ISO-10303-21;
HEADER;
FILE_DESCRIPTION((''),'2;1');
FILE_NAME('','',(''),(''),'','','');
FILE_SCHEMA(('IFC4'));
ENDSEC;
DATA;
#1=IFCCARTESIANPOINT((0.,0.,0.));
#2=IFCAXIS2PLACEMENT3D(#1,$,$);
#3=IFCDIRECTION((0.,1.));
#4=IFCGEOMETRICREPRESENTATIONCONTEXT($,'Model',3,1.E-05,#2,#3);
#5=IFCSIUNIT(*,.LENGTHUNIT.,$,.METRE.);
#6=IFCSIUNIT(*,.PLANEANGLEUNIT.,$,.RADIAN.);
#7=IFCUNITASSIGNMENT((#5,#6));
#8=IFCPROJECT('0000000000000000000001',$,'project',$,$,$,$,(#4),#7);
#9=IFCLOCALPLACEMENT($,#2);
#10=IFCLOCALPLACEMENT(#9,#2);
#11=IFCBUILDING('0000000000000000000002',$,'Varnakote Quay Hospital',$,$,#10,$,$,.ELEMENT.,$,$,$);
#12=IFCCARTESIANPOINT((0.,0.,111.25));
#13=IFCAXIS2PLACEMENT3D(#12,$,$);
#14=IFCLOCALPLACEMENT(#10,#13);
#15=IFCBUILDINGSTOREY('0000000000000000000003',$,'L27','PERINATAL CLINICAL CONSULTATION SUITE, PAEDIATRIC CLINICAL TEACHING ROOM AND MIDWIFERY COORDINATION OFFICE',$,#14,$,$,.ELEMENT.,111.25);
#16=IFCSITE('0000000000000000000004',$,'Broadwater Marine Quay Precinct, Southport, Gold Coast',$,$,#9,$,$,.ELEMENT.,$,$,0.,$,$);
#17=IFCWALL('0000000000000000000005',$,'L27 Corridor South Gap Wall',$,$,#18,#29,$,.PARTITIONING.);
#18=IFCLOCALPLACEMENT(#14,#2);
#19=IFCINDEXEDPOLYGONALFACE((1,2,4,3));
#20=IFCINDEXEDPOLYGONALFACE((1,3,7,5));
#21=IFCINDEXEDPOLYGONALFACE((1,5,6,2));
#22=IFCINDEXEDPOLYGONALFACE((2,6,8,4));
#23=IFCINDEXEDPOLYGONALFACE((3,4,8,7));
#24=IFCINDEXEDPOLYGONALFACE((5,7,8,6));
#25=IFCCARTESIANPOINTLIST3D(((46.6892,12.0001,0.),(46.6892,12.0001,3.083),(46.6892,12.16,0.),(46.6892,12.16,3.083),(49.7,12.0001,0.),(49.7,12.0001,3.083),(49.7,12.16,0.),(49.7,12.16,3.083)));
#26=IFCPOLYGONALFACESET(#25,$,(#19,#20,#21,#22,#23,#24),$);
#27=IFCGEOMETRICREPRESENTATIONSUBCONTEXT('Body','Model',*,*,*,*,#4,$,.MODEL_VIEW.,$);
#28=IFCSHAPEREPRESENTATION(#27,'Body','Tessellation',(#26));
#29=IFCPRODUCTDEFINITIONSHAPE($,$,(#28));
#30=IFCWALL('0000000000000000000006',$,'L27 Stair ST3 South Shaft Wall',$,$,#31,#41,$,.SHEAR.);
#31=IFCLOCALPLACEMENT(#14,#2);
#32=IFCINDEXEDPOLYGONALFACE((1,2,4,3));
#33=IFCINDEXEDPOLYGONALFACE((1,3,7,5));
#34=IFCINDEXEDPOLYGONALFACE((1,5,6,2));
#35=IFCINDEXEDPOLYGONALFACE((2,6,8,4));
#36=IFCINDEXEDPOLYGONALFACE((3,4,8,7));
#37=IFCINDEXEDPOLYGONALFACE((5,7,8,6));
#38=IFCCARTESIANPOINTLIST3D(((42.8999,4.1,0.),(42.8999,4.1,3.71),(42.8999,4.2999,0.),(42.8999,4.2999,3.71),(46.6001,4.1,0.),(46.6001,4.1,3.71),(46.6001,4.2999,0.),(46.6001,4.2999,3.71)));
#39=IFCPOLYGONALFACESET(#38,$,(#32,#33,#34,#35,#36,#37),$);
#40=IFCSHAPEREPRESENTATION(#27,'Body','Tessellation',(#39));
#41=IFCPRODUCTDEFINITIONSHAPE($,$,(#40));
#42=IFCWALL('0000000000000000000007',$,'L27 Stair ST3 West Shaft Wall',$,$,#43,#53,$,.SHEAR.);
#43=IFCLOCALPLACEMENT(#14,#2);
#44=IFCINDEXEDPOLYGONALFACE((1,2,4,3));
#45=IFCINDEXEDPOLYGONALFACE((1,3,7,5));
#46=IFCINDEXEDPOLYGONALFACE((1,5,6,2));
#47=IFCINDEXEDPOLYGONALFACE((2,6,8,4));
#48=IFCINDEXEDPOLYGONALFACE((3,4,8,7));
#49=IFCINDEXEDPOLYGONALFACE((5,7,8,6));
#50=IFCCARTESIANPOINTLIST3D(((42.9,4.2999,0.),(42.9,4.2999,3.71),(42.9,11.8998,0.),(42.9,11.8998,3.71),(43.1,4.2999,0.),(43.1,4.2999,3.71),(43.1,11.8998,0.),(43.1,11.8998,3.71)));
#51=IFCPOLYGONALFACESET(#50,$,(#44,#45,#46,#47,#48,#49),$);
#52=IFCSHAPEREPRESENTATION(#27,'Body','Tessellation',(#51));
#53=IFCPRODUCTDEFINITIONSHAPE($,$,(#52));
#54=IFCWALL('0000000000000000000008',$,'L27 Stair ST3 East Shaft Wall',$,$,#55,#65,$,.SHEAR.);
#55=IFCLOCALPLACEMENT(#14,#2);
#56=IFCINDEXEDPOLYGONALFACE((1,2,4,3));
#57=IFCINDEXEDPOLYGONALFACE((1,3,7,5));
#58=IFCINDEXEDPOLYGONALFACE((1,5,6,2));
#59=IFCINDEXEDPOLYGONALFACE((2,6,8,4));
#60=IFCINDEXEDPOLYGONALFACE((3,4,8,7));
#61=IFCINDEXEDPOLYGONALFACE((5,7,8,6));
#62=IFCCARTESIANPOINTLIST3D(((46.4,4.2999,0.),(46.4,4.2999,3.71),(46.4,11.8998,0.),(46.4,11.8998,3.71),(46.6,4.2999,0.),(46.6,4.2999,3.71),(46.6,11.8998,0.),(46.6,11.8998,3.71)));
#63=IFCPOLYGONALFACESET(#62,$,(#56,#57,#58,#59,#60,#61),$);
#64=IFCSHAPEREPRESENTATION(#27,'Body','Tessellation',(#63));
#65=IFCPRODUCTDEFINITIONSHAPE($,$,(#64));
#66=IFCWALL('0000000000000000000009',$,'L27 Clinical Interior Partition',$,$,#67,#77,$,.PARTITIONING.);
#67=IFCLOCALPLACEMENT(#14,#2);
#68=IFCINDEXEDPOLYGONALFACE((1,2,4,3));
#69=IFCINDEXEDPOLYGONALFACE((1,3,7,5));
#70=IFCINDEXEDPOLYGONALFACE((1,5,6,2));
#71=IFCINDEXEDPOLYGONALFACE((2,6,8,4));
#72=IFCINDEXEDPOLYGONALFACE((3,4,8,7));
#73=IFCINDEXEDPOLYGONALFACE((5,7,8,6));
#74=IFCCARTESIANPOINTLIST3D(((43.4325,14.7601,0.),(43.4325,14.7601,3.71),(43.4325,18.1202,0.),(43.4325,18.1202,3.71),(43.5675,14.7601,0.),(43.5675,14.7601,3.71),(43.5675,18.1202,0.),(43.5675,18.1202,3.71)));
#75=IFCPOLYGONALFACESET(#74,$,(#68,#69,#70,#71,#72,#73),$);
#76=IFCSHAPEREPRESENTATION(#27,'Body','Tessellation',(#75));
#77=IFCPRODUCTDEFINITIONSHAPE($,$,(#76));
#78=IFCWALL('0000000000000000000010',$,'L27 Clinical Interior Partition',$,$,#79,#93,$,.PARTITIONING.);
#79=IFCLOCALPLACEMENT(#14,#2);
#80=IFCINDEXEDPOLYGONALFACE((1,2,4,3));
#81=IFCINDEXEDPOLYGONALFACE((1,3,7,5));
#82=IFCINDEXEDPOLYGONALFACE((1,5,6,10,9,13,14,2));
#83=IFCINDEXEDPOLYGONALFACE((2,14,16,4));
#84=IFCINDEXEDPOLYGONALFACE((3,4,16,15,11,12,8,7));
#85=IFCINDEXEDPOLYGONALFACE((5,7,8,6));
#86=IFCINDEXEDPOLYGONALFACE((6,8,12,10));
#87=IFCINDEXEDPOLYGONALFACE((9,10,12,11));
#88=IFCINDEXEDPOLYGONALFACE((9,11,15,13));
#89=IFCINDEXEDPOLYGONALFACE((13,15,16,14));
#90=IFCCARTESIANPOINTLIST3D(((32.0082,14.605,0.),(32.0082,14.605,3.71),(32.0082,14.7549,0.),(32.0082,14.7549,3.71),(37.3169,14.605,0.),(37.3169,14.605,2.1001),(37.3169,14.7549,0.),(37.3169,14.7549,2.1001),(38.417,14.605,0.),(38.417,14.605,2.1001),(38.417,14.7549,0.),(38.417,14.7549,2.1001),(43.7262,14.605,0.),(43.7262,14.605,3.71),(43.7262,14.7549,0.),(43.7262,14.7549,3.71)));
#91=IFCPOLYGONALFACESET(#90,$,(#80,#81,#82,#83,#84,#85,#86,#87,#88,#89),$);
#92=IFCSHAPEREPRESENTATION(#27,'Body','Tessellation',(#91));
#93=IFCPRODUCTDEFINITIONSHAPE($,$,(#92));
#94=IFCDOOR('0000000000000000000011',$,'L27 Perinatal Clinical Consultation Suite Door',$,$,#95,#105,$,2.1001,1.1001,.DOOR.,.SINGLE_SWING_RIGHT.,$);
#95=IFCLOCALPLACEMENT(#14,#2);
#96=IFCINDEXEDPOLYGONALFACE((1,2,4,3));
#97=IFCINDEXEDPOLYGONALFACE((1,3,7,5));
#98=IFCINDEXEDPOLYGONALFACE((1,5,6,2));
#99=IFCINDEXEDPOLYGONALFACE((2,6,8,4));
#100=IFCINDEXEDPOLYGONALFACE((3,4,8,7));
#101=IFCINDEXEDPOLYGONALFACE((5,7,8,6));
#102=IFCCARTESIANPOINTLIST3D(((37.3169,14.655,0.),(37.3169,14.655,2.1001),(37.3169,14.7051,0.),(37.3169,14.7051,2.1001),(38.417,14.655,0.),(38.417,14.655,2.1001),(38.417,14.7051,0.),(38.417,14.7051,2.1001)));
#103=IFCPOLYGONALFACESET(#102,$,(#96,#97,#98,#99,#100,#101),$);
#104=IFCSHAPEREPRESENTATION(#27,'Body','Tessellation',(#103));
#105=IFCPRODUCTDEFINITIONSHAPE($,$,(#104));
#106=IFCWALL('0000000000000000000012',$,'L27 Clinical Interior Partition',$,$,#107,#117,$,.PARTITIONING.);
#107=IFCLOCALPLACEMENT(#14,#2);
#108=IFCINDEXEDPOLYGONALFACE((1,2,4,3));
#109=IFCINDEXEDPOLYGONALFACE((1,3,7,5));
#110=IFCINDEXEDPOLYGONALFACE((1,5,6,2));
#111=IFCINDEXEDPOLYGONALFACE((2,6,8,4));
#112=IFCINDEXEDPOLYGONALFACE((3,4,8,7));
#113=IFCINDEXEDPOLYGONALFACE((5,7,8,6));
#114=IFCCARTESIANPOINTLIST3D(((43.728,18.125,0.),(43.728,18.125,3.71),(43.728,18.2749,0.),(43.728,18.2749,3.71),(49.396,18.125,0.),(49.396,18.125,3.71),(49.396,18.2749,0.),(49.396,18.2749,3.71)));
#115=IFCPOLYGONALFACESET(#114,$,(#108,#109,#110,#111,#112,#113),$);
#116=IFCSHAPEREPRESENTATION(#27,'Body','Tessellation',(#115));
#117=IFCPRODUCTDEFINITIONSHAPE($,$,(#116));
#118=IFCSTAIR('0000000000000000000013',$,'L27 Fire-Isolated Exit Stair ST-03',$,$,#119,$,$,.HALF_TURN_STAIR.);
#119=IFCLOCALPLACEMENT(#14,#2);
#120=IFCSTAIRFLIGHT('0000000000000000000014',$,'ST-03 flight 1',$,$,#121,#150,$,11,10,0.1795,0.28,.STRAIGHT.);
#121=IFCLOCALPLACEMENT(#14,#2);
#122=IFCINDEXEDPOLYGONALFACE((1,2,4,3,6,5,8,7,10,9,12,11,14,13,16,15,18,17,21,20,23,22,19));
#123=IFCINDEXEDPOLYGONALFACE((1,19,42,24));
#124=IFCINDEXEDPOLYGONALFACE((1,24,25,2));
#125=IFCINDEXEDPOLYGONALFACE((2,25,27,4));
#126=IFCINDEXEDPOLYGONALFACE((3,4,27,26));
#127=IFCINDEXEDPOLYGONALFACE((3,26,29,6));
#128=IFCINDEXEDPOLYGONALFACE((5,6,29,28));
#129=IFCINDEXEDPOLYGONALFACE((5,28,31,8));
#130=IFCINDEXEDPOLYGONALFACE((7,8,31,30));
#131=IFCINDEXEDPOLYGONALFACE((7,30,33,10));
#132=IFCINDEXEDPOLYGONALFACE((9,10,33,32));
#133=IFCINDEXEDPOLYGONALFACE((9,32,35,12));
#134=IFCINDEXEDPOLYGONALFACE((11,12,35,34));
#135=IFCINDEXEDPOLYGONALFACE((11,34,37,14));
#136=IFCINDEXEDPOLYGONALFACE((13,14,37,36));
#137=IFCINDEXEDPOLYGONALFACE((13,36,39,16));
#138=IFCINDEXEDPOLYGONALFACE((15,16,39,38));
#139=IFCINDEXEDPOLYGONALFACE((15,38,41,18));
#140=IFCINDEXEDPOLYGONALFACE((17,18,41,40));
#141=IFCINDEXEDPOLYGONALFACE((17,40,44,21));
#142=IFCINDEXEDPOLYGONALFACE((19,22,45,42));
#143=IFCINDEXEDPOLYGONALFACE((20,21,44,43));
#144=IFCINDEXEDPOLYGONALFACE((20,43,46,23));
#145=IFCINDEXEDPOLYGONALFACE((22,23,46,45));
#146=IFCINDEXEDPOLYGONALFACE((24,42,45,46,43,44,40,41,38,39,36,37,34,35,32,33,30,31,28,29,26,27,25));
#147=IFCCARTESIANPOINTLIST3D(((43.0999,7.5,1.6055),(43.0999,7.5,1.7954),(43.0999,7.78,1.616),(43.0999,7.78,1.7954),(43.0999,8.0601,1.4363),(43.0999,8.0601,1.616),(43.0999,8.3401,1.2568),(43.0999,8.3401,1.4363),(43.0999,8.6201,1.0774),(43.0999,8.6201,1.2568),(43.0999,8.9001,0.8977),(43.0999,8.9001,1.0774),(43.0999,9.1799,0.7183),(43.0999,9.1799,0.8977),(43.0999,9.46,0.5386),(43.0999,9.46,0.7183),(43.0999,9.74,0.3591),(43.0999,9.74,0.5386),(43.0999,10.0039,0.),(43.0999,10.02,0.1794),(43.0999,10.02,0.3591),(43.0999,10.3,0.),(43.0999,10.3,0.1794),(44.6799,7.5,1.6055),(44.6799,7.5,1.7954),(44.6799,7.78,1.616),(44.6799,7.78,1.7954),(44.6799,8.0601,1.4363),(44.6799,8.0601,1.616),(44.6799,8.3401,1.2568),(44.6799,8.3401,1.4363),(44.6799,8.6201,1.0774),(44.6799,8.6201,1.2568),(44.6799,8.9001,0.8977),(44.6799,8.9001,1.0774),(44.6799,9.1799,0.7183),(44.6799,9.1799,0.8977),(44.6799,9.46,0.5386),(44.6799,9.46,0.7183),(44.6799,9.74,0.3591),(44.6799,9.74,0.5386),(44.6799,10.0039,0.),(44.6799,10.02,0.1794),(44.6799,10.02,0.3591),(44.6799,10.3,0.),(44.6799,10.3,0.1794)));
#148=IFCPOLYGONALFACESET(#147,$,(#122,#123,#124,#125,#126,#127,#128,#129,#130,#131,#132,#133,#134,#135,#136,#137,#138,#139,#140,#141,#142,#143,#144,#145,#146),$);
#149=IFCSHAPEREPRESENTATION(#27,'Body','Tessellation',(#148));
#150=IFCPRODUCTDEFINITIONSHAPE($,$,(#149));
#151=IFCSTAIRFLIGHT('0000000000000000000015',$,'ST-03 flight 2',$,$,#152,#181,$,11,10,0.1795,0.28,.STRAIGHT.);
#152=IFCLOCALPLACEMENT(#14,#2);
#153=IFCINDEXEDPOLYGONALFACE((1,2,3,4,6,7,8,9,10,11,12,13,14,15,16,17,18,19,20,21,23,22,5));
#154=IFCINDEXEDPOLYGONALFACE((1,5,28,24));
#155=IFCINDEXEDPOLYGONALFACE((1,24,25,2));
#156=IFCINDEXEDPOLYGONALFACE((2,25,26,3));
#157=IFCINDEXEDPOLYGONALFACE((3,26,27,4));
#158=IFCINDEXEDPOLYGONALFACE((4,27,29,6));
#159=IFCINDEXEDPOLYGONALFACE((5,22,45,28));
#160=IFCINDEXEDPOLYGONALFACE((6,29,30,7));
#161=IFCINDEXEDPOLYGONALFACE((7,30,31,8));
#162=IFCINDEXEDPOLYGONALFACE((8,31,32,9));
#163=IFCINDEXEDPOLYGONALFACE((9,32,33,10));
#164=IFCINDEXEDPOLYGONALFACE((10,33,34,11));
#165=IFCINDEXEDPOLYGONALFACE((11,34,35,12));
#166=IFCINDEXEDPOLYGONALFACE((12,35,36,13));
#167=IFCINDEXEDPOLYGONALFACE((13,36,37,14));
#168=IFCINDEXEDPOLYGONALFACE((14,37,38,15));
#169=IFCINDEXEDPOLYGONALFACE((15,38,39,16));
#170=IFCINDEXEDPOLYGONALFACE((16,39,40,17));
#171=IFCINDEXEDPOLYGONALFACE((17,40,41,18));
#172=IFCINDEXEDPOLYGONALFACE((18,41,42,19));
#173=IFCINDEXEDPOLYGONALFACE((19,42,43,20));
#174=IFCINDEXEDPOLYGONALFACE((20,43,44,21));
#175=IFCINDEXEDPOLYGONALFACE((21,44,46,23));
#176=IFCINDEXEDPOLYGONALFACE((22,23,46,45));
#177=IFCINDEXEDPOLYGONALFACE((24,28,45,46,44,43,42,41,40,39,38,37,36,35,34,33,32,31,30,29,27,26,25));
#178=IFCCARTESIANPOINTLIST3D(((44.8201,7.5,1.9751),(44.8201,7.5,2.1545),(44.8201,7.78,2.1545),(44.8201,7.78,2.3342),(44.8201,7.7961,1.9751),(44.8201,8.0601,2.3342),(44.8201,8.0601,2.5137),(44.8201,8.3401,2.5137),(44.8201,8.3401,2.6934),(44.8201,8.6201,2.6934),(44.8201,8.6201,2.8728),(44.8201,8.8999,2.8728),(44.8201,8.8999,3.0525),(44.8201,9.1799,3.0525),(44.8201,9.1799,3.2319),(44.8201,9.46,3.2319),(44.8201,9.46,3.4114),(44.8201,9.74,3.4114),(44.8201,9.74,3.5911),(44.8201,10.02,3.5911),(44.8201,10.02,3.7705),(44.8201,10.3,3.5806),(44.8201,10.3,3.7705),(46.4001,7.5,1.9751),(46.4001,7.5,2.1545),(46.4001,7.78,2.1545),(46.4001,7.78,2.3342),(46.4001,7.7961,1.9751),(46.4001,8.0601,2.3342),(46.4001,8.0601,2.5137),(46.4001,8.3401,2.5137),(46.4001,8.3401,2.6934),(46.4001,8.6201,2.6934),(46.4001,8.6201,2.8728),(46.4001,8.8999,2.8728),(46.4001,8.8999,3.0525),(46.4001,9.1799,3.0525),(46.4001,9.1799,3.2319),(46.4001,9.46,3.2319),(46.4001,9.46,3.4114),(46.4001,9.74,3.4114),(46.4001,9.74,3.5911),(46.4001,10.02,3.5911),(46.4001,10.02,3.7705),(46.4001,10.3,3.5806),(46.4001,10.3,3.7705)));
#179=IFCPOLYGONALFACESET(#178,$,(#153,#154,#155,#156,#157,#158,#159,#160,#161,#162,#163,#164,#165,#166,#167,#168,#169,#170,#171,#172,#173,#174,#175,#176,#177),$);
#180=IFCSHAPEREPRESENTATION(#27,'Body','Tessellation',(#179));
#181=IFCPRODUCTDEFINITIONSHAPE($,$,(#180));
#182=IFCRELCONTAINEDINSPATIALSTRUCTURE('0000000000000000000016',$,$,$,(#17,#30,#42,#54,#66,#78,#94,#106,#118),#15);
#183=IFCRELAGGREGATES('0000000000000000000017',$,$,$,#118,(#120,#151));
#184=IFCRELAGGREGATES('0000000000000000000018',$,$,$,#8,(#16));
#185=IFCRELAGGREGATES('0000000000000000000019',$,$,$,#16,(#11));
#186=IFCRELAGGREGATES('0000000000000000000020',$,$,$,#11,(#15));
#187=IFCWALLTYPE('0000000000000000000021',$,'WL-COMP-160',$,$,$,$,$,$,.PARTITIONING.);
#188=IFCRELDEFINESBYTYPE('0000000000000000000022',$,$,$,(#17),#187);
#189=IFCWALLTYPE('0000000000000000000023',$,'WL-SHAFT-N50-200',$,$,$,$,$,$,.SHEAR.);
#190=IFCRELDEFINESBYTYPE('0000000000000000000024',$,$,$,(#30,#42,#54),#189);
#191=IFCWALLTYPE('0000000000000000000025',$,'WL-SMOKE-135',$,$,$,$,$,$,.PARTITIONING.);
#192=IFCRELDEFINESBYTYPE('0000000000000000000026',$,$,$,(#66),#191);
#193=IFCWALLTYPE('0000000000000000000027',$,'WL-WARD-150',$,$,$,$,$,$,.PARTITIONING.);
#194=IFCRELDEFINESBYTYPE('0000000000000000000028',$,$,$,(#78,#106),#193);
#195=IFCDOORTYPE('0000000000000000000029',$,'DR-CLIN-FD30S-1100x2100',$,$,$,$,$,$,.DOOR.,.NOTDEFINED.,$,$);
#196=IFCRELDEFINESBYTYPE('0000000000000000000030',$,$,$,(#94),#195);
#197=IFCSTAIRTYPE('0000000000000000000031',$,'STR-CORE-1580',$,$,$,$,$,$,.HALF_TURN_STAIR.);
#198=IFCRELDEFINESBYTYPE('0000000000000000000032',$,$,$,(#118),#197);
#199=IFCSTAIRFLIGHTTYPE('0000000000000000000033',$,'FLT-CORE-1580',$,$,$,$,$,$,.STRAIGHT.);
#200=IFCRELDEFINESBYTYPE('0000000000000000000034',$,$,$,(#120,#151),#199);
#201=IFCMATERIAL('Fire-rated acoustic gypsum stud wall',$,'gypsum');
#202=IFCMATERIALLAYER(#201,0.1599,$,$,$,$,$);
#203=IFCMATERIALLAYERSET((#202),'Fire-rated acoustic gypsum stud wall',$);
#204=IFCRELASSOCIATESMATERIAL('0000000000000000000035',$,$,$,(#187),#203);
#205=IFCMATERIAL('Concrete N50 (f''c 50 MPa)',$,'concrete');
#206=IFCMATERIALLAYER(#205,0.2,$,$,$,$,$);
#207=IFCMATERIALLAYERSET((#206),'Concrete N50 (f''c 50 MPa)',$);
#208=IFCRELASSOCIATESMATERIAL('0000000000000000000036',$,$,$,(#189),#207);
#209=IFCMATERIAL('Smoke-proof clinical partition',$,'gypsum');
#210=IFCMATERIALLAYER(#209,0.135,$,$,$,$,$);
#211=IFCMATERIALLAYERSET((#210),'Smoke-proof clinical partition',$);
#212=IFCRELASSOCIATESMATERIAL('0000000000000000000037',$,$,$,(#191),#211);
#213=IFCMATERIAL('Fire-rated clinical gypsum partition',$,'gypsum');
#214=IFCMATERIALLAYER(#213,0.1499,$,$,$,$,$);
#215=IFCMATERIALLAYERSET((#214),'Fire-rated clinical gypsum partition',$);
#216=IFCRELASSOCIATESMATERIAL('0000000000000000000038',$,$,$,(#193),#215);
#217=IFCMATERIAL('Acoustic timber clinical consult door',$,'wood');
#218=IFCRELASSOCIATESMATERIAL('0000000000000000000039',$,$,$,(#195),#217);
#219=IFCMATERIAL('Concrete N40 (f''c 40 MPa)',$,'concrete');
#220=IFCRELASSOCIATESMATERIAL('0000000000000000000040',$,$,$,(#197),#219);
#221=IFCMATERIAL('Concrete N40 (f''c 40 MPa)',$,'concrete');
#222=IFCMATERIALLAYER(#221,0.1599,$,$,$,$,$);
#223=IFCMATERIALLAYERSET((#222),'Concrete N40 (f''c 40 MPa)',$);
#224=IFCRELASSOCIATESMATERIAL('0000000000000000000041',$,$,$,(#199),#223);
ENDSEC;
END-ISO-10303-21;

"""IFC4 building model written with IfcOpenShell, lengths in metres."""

from ifc_helpers import new_model, si_unit, direction, frame, frame_2d, origin, place, context, subcontext, project, spatial, polyline, rectangle, outline, extrude, material, layer, layer_set, type_object, element, fill, aggregate, save


model = new_model("IFC4")

# Units and contexts
model_context = context("Model", 3, precision=1e-05, world=origin(), true_north=direction((0.0, 1.0)))
body_context = subcontext(model_context, "Body", "Model", "MODEL_VIEW")
ifc_project = project(units=[si_unit("LENGTHUNIT", "METRE"), si_unit("PLANEANGLEUNIT", "RADIAN")], contexts=[model_context])

# Site, building, storey
site_placement = place(None, origin())
site = spatial("IfcSite", under=ifc_project, at=site_placement, Name="Broadwater Marine Quay Precinct, Southport, Gold Coast", CompositionType="ELEMENT", RefElevation=0.0)
building_placement = place(site_placement, origin())
building = spatial("IfcBuilding", under=site, at=building_placement, Name="Varnakote Quay Hospital", CompositionType="ELEMENT")
storey_placement = place(building_placement, frame((0.0, 0.0, 111.25)))
storey = spatial("IfcBuildingStorey", under=building, at=storey_placement, Name="L27", Description="PERINATAL CLINICAL CONSULTATION SUITE, PAEDIATRIC CLINICAL TEACHING ROOM AND MIDWIFERY COORDINATION OFFICE", CompositionType="ELEMENT", Elevation=111.25)

# Walls
ifc_material_1 = material(Name="Fire-rated acoustic gypsum stud wall", Category="gypsum")
ifc_layer_1 = layer(ifc_material_1, 0.1599)
ifc_layer_set_1 = layer_set([ifc_layer_1], Name="Fire-rated acoustic gypsum stud wall")
wall_type_1 = type_object("IfcWallType", Name="WL-COMP-160", PredefinedType="PARTITIONING", material=ifc_layer_set_1)
wall_1_placement = place(storey_placement, frame((46.6892, 12.0801, 0.0), z_axis=(0.0, 0.0, 1.0), x_axis=(1.0, 0.0, 0.0)))
element("IfcWall", 1, at=wall_1_placement, inside=storey, type_object=wall_type_1, Name="L27 Corridor South Gap Wall", PredefinedType="PARTITIONING", context=body_context, shape_type="SweptSolid", body=[
    extrude(rectangle(XDim=3.0107, YDim=0.1599, at=frame_2d((1.5054, 0.0))), origin(), (0.0, 0.0, 1.0), 3.083),
])
ifc_material_2 = material(Name="Concrete N50 (f'c 50 MPa)", Category="concrete")
ifc_layer_2 = layer(ifc_material_2, 0.2)
ifc_layer_set_2 = layer_set([ifc_layer_2], Name="Concrete N50 (f'c 50 MPa)")
wall_type_2 = type_object("IfcWallType", Name="WL-SHAFT-N50-200", PredefinedType="SHEAR", material=ifc_layer_set_2)
wall_2_placement = place(storey_placement, frame((42.8999, 4.2, 0.0), z_axis=(0.0, 0.0, 1.0), x_axis=(1.0, 0.0, 0.0)))
element("IfcWall", 2, at=wall_2_placement, inside=storey, type_object=wall_type_2, Name="L27 Stair ST3 South Shaft Wall", PredefinedType="SHEAR", context=body_context, shape_type="SweptSolid", body=[
    extrude(rectangle(XDim=3.7002, YDim=0.2, at=frame_2d((1.8501, 0.0))), origin(), (0.0, 0.0, 1.0), 3.71),
])
for number, where, z_axis, x_axis, name in (
    (3, (43.0, 4.3, 0.0), (0.0, 0.0, 1.0), (0.0, 1.0, 0.0), "L27 Stair ST3 West Shaft Wall"),
    (4, (46.5, 4.3, 0.0), (0.0, 0.0, 1.0), (0.0, 1.0, 0.0), "L27 Stair ST3 East Shaft Wall"),
):
    element("IfcWall", number, at=place(storey_placement, frame(where, z_axis=z_axis, x_axis=x_axis)), inside=storey, type_object=wall_type_2, Name=name, PredefinedType="SHEAR", context=body_context, shape_type="SweptSolid", body=[
        extrude(rectangle(XDim=7.5999, YDim=0.2, at=frame_2d((3.7998, 0.0))), origin(), (0.0, 0.0, 1.0), 3.71),
    ])

# Wall
ifc_material_3 = material(Name="Smoke-proof clinical partition", Category="gypsum")
ifc_layer_3 = layer(ifc_material_3, 0.135)
ifc_layer_set_3 = layer_set([ifc_layer_3], Name="Smoke-proof clinical partition")
wall_type_3 = type_object("IfcWallType", Name="WL-SMOKE-135", PredefinedType="PARTITIONING", material=ifc_layer_set_3)
wall_3_placement = place(storey_placement, frame((43.5, 14.76, 0.0), z_axis=(0.0, 0.0, 1.0), x_axis=(0.0, 1.0, 0.0)))
element("IfcWall", 5, at=wall_3_placement, inside=storey, type_object=wall_type_3, Name="L27 Clinical Interior Partition", PredefinedType="PARTITIONING", context=body_context, shape_type="SweptSolid", body=[
    extrude(rectangle(XDim=3.3601, YDim=0.135, at=frame_2d((1.6802, 0.0))), origin(), (0.0, 0.0, 1.0), 3.71),
])

# Wall, opening, door
ifc_material_4 = material(Name="Fire-rated clinical gypsum partition", Category="gypsum")
ifc_layer_4 = layer(ifc_material_4, 0.1499)
ifc_layer_set_4 = layer_set([ifc_layer_4], Name="Fire-rated clinical gypsum partition")
wall_type_4 = type_object("IfcWallType", Name="WL-WARD-150", PredefinedType="PARTITIONING", material=ifc_layer_set_4)
wall_4_placement = place(storey_placement, frame((43.7261, 14.6799, 0.0), z_axis=(0.0, 0.0, 1.0), x_axis=(-1.0, 0.0, 0.0)))
wall_4 = element("IfcWall", 6, at=wall_4_placement, inside=storey, type_object=wall_type_4, Name="L27 Clinical Interior Partition", PredefinedType="PARTITIONING", context=body_context, shape_type="SweptSolid", body=[
    extrude(rectangle(XDim=11.718, YDim=0.1499, at=frame_2d((5.8589, 0.0))), origin(), (0.0, 0.0, 1.0), 3.71),
])
opening_1_placement = place(wall_4_placement, frame((5.3091, 0.0, 0.0)))
opening_1 = element("IfcOpeningElement", 7, at=opening_1_placement, cuts=wall_4, PredefinedType="OPENING", context=body_context, shape_type="SweptSolid", body=[
    extrude(rectangle(XDim=1.1001, YDim=2.1001, at=frame_2d((0.55, 1.05))), frame((0.0, 0.085, 0.0), z_axis=(0.0, -1.0, 0.0), x_axis=(1.0, 0.0, 0.0)), (0.0, 0.0, 1.0), 0.1699),
])
ifc_material_5 = material(Name="Acoustic timber clinical consult door", Category="wood")
door_type_1 = type_object("IfcDoorType", Name="DR-CLIN-FD30S-1100x2100", OperationType="NOTDEFINED", PredefinedType="DOOR", material=ifc_material_5)
door_1_placement = place(opening_1_placement, origin())
door_1 = element("IfcDoor", 8, at=door_1_placement, inside=storey, type_object=door_type_1, Name="L27 Perinatal Clinical Consultation Suite Door", OperationType="SINGLE_SWING_RIGHT", OverallHeight=2.1001, OverallWidth=1.1001, PredefinedType="DOOR", context=body_context, shape_type="SweptSolid", body=[
    extrude(rectangle(XDim=1.1001, YDim=2.1001, at=frame_2d((0.55, 1.05))), frame((0.0, 0.0249, 0.0), z_axis=(0.0, -1.0, 0.0), x_axis=(1.0, 0.0, 0.0)), (0.0, 0.0, 1.0), 0.05),
])
fill(opening_1, door_1)

# Wall
wall_5_placement = place(storey_placement, frame((43.728, 18.2, 0.0), z_axis=(0.0, 0.0, 1.0), x_axis=(1.0, 0.0, 0.0)))
element("IfcWall", 9, at=wall_5_placement, inside=storey, type_object=wall_type_4, Name="L27 Clinical Interior Partition", PredefinedType="PARTITIONING", context=body_context, shape_type="SweptSolid", body=[
    extrude(rectangle(XDim=5.668, YDim=0.1499, at=frame_2d((2.834, 0.0))), origin(), (0.0, 0.0, 1.0), 3.71),
])

# Stair, stair flights
ifc_material_6 = material(Name="Concrete N40 (f'c 40 MPa)", Category="concrete")
stair_type = type_object("IfcStairType", Name="STR-CORE-1580", PredefinedType="HALF_TURN_STAIR", material=ifc_material_6)
stair_placement = place(storey_placement, origin())
stair = element("IfcStair", 10, at=stair_placement, inside=storey, type_object=stair_type, Name="L27 Fire-Isolated Exit Stair ST-03", PredefinedType="HALF_TURN_STAIR")
ifc_material_7 = material(Name="Concrete N40 (f'c 40 MPa)", Category="concrete")
ifc_layer_5 = layer(ifc_material_7, 0.1599)
ifc_layer_set_5 = layer_set([ifc_layer_5], Name="Concrete N40 (f'c 40 MPa)")
stair_flight_type = type_object("IfcStairFlightType", Name="FLT-CORE-1580", PredefinedType="STRAIGHT", material=ifc_layer_set_5)
stair_flight_1_placement = place(storey_placement, frame((43.8899, 10.3, 0.0), z_axis=(0.0, 0.0, 1.0), x_axis=(0.0, -1.0, 0.0)))
stair_flight_1 = element("IfcStairFlight", 11, at=stair_flight_1_placement, type_object=stair_flight_type, Name="ST-03 flight 1", NumberOfRisers=11, NumberOfTreads=10, PredefinedType="STRAIGHT", RiserHeight=0.1795, TreadLength=0.28, context=body_context, shape_type="SweptSolid", body=[
    extrude(outline(polyline([(0.0, 0.0), (0.0, 0.1794), (0.28, 0.1794), (0.28, 0.3591), (0.5601, 0.3591), (0.5601, 0.5386), (0.8401, 0.5386), (0.8401, 0.7183), (1.1201, 0.7183), (1.1201, 0.8977), (1.3999, 0.8977), (1.3999, 1.0774), (1.6799, 1.0774), (1.6799, 1.2568), (1.96, 1.2568), (1.96, 1.4363), (2.24, 1.4363), (2.24, 1.616), (2.52, 1.616), (2.52, 1.7954), (2.8, 1.7954), (2.8, 1.9751), (2.8, 1.6055), (0.2961, 0.0), (0.0, 0.0)])), frame((0.0, 0.79, 0.0), z_axis=(0.0, -1.0, 0.0), x_axis=(1.0, 0.0, 0.0)), (0.0, 0.0, 1.0), 1.5801),
])
stair_flight_2_placement = place(storey_placement, frame((45.6101, 7.5, 1.9751), z_axis=(0.0, 0.0, 1.0), x_axis=(0.0, 1.0, 0.0)))
stair_flight_2 = element("IfcStairFlight", 12, at=stair_flight_2_placement, type_object=stair_flight_type, Name="ST-03 flight 2", NumberOfRisers=11, NumberOfTreads=10, PredefinedType="STRAIGHT", RiserHeight=0.1795, TreadLength=0.28, context=body_context, shape_type="SweptSolid", body=[
    extrude(outline(polyline([(0.0, 0.0), (0.0, 0.1794), (0.28, 0.1794), (0.28, 0.3591), (0.5601, 0.3591), (0.5601, 0.5386), (0.8401, 0.5386), (0.8401, 0.7183), (1.1201, 0.7183), (1.1201, 0.8977), (1.3999, 0.8977), (1.3999, 1.0774), (1.6799, 1.0774), (1.6799, 1.2568), (1.96, 1.2568), (1.96, 1.4363), (2.24, 1.4363), (2.24, 1.616), (2.52, 1.616), (2.52, 1.7954), (2.8, 1.7954), (2.8, 1.9751), (2.8, 1.6055), (0.2961, 0.0), (0.0, 0.0)])), frame((0.0, 0.79, 0.0), z_axis=(0.0, -1.0, 0.0), x_axis=(1.0, 0.0, 0.0)), (0.0, 0.0, 1.0), 1.5801),
])
aggregate(stair, [stair_flight_1, stair_flight_2])

save(model, "model.ifc")
